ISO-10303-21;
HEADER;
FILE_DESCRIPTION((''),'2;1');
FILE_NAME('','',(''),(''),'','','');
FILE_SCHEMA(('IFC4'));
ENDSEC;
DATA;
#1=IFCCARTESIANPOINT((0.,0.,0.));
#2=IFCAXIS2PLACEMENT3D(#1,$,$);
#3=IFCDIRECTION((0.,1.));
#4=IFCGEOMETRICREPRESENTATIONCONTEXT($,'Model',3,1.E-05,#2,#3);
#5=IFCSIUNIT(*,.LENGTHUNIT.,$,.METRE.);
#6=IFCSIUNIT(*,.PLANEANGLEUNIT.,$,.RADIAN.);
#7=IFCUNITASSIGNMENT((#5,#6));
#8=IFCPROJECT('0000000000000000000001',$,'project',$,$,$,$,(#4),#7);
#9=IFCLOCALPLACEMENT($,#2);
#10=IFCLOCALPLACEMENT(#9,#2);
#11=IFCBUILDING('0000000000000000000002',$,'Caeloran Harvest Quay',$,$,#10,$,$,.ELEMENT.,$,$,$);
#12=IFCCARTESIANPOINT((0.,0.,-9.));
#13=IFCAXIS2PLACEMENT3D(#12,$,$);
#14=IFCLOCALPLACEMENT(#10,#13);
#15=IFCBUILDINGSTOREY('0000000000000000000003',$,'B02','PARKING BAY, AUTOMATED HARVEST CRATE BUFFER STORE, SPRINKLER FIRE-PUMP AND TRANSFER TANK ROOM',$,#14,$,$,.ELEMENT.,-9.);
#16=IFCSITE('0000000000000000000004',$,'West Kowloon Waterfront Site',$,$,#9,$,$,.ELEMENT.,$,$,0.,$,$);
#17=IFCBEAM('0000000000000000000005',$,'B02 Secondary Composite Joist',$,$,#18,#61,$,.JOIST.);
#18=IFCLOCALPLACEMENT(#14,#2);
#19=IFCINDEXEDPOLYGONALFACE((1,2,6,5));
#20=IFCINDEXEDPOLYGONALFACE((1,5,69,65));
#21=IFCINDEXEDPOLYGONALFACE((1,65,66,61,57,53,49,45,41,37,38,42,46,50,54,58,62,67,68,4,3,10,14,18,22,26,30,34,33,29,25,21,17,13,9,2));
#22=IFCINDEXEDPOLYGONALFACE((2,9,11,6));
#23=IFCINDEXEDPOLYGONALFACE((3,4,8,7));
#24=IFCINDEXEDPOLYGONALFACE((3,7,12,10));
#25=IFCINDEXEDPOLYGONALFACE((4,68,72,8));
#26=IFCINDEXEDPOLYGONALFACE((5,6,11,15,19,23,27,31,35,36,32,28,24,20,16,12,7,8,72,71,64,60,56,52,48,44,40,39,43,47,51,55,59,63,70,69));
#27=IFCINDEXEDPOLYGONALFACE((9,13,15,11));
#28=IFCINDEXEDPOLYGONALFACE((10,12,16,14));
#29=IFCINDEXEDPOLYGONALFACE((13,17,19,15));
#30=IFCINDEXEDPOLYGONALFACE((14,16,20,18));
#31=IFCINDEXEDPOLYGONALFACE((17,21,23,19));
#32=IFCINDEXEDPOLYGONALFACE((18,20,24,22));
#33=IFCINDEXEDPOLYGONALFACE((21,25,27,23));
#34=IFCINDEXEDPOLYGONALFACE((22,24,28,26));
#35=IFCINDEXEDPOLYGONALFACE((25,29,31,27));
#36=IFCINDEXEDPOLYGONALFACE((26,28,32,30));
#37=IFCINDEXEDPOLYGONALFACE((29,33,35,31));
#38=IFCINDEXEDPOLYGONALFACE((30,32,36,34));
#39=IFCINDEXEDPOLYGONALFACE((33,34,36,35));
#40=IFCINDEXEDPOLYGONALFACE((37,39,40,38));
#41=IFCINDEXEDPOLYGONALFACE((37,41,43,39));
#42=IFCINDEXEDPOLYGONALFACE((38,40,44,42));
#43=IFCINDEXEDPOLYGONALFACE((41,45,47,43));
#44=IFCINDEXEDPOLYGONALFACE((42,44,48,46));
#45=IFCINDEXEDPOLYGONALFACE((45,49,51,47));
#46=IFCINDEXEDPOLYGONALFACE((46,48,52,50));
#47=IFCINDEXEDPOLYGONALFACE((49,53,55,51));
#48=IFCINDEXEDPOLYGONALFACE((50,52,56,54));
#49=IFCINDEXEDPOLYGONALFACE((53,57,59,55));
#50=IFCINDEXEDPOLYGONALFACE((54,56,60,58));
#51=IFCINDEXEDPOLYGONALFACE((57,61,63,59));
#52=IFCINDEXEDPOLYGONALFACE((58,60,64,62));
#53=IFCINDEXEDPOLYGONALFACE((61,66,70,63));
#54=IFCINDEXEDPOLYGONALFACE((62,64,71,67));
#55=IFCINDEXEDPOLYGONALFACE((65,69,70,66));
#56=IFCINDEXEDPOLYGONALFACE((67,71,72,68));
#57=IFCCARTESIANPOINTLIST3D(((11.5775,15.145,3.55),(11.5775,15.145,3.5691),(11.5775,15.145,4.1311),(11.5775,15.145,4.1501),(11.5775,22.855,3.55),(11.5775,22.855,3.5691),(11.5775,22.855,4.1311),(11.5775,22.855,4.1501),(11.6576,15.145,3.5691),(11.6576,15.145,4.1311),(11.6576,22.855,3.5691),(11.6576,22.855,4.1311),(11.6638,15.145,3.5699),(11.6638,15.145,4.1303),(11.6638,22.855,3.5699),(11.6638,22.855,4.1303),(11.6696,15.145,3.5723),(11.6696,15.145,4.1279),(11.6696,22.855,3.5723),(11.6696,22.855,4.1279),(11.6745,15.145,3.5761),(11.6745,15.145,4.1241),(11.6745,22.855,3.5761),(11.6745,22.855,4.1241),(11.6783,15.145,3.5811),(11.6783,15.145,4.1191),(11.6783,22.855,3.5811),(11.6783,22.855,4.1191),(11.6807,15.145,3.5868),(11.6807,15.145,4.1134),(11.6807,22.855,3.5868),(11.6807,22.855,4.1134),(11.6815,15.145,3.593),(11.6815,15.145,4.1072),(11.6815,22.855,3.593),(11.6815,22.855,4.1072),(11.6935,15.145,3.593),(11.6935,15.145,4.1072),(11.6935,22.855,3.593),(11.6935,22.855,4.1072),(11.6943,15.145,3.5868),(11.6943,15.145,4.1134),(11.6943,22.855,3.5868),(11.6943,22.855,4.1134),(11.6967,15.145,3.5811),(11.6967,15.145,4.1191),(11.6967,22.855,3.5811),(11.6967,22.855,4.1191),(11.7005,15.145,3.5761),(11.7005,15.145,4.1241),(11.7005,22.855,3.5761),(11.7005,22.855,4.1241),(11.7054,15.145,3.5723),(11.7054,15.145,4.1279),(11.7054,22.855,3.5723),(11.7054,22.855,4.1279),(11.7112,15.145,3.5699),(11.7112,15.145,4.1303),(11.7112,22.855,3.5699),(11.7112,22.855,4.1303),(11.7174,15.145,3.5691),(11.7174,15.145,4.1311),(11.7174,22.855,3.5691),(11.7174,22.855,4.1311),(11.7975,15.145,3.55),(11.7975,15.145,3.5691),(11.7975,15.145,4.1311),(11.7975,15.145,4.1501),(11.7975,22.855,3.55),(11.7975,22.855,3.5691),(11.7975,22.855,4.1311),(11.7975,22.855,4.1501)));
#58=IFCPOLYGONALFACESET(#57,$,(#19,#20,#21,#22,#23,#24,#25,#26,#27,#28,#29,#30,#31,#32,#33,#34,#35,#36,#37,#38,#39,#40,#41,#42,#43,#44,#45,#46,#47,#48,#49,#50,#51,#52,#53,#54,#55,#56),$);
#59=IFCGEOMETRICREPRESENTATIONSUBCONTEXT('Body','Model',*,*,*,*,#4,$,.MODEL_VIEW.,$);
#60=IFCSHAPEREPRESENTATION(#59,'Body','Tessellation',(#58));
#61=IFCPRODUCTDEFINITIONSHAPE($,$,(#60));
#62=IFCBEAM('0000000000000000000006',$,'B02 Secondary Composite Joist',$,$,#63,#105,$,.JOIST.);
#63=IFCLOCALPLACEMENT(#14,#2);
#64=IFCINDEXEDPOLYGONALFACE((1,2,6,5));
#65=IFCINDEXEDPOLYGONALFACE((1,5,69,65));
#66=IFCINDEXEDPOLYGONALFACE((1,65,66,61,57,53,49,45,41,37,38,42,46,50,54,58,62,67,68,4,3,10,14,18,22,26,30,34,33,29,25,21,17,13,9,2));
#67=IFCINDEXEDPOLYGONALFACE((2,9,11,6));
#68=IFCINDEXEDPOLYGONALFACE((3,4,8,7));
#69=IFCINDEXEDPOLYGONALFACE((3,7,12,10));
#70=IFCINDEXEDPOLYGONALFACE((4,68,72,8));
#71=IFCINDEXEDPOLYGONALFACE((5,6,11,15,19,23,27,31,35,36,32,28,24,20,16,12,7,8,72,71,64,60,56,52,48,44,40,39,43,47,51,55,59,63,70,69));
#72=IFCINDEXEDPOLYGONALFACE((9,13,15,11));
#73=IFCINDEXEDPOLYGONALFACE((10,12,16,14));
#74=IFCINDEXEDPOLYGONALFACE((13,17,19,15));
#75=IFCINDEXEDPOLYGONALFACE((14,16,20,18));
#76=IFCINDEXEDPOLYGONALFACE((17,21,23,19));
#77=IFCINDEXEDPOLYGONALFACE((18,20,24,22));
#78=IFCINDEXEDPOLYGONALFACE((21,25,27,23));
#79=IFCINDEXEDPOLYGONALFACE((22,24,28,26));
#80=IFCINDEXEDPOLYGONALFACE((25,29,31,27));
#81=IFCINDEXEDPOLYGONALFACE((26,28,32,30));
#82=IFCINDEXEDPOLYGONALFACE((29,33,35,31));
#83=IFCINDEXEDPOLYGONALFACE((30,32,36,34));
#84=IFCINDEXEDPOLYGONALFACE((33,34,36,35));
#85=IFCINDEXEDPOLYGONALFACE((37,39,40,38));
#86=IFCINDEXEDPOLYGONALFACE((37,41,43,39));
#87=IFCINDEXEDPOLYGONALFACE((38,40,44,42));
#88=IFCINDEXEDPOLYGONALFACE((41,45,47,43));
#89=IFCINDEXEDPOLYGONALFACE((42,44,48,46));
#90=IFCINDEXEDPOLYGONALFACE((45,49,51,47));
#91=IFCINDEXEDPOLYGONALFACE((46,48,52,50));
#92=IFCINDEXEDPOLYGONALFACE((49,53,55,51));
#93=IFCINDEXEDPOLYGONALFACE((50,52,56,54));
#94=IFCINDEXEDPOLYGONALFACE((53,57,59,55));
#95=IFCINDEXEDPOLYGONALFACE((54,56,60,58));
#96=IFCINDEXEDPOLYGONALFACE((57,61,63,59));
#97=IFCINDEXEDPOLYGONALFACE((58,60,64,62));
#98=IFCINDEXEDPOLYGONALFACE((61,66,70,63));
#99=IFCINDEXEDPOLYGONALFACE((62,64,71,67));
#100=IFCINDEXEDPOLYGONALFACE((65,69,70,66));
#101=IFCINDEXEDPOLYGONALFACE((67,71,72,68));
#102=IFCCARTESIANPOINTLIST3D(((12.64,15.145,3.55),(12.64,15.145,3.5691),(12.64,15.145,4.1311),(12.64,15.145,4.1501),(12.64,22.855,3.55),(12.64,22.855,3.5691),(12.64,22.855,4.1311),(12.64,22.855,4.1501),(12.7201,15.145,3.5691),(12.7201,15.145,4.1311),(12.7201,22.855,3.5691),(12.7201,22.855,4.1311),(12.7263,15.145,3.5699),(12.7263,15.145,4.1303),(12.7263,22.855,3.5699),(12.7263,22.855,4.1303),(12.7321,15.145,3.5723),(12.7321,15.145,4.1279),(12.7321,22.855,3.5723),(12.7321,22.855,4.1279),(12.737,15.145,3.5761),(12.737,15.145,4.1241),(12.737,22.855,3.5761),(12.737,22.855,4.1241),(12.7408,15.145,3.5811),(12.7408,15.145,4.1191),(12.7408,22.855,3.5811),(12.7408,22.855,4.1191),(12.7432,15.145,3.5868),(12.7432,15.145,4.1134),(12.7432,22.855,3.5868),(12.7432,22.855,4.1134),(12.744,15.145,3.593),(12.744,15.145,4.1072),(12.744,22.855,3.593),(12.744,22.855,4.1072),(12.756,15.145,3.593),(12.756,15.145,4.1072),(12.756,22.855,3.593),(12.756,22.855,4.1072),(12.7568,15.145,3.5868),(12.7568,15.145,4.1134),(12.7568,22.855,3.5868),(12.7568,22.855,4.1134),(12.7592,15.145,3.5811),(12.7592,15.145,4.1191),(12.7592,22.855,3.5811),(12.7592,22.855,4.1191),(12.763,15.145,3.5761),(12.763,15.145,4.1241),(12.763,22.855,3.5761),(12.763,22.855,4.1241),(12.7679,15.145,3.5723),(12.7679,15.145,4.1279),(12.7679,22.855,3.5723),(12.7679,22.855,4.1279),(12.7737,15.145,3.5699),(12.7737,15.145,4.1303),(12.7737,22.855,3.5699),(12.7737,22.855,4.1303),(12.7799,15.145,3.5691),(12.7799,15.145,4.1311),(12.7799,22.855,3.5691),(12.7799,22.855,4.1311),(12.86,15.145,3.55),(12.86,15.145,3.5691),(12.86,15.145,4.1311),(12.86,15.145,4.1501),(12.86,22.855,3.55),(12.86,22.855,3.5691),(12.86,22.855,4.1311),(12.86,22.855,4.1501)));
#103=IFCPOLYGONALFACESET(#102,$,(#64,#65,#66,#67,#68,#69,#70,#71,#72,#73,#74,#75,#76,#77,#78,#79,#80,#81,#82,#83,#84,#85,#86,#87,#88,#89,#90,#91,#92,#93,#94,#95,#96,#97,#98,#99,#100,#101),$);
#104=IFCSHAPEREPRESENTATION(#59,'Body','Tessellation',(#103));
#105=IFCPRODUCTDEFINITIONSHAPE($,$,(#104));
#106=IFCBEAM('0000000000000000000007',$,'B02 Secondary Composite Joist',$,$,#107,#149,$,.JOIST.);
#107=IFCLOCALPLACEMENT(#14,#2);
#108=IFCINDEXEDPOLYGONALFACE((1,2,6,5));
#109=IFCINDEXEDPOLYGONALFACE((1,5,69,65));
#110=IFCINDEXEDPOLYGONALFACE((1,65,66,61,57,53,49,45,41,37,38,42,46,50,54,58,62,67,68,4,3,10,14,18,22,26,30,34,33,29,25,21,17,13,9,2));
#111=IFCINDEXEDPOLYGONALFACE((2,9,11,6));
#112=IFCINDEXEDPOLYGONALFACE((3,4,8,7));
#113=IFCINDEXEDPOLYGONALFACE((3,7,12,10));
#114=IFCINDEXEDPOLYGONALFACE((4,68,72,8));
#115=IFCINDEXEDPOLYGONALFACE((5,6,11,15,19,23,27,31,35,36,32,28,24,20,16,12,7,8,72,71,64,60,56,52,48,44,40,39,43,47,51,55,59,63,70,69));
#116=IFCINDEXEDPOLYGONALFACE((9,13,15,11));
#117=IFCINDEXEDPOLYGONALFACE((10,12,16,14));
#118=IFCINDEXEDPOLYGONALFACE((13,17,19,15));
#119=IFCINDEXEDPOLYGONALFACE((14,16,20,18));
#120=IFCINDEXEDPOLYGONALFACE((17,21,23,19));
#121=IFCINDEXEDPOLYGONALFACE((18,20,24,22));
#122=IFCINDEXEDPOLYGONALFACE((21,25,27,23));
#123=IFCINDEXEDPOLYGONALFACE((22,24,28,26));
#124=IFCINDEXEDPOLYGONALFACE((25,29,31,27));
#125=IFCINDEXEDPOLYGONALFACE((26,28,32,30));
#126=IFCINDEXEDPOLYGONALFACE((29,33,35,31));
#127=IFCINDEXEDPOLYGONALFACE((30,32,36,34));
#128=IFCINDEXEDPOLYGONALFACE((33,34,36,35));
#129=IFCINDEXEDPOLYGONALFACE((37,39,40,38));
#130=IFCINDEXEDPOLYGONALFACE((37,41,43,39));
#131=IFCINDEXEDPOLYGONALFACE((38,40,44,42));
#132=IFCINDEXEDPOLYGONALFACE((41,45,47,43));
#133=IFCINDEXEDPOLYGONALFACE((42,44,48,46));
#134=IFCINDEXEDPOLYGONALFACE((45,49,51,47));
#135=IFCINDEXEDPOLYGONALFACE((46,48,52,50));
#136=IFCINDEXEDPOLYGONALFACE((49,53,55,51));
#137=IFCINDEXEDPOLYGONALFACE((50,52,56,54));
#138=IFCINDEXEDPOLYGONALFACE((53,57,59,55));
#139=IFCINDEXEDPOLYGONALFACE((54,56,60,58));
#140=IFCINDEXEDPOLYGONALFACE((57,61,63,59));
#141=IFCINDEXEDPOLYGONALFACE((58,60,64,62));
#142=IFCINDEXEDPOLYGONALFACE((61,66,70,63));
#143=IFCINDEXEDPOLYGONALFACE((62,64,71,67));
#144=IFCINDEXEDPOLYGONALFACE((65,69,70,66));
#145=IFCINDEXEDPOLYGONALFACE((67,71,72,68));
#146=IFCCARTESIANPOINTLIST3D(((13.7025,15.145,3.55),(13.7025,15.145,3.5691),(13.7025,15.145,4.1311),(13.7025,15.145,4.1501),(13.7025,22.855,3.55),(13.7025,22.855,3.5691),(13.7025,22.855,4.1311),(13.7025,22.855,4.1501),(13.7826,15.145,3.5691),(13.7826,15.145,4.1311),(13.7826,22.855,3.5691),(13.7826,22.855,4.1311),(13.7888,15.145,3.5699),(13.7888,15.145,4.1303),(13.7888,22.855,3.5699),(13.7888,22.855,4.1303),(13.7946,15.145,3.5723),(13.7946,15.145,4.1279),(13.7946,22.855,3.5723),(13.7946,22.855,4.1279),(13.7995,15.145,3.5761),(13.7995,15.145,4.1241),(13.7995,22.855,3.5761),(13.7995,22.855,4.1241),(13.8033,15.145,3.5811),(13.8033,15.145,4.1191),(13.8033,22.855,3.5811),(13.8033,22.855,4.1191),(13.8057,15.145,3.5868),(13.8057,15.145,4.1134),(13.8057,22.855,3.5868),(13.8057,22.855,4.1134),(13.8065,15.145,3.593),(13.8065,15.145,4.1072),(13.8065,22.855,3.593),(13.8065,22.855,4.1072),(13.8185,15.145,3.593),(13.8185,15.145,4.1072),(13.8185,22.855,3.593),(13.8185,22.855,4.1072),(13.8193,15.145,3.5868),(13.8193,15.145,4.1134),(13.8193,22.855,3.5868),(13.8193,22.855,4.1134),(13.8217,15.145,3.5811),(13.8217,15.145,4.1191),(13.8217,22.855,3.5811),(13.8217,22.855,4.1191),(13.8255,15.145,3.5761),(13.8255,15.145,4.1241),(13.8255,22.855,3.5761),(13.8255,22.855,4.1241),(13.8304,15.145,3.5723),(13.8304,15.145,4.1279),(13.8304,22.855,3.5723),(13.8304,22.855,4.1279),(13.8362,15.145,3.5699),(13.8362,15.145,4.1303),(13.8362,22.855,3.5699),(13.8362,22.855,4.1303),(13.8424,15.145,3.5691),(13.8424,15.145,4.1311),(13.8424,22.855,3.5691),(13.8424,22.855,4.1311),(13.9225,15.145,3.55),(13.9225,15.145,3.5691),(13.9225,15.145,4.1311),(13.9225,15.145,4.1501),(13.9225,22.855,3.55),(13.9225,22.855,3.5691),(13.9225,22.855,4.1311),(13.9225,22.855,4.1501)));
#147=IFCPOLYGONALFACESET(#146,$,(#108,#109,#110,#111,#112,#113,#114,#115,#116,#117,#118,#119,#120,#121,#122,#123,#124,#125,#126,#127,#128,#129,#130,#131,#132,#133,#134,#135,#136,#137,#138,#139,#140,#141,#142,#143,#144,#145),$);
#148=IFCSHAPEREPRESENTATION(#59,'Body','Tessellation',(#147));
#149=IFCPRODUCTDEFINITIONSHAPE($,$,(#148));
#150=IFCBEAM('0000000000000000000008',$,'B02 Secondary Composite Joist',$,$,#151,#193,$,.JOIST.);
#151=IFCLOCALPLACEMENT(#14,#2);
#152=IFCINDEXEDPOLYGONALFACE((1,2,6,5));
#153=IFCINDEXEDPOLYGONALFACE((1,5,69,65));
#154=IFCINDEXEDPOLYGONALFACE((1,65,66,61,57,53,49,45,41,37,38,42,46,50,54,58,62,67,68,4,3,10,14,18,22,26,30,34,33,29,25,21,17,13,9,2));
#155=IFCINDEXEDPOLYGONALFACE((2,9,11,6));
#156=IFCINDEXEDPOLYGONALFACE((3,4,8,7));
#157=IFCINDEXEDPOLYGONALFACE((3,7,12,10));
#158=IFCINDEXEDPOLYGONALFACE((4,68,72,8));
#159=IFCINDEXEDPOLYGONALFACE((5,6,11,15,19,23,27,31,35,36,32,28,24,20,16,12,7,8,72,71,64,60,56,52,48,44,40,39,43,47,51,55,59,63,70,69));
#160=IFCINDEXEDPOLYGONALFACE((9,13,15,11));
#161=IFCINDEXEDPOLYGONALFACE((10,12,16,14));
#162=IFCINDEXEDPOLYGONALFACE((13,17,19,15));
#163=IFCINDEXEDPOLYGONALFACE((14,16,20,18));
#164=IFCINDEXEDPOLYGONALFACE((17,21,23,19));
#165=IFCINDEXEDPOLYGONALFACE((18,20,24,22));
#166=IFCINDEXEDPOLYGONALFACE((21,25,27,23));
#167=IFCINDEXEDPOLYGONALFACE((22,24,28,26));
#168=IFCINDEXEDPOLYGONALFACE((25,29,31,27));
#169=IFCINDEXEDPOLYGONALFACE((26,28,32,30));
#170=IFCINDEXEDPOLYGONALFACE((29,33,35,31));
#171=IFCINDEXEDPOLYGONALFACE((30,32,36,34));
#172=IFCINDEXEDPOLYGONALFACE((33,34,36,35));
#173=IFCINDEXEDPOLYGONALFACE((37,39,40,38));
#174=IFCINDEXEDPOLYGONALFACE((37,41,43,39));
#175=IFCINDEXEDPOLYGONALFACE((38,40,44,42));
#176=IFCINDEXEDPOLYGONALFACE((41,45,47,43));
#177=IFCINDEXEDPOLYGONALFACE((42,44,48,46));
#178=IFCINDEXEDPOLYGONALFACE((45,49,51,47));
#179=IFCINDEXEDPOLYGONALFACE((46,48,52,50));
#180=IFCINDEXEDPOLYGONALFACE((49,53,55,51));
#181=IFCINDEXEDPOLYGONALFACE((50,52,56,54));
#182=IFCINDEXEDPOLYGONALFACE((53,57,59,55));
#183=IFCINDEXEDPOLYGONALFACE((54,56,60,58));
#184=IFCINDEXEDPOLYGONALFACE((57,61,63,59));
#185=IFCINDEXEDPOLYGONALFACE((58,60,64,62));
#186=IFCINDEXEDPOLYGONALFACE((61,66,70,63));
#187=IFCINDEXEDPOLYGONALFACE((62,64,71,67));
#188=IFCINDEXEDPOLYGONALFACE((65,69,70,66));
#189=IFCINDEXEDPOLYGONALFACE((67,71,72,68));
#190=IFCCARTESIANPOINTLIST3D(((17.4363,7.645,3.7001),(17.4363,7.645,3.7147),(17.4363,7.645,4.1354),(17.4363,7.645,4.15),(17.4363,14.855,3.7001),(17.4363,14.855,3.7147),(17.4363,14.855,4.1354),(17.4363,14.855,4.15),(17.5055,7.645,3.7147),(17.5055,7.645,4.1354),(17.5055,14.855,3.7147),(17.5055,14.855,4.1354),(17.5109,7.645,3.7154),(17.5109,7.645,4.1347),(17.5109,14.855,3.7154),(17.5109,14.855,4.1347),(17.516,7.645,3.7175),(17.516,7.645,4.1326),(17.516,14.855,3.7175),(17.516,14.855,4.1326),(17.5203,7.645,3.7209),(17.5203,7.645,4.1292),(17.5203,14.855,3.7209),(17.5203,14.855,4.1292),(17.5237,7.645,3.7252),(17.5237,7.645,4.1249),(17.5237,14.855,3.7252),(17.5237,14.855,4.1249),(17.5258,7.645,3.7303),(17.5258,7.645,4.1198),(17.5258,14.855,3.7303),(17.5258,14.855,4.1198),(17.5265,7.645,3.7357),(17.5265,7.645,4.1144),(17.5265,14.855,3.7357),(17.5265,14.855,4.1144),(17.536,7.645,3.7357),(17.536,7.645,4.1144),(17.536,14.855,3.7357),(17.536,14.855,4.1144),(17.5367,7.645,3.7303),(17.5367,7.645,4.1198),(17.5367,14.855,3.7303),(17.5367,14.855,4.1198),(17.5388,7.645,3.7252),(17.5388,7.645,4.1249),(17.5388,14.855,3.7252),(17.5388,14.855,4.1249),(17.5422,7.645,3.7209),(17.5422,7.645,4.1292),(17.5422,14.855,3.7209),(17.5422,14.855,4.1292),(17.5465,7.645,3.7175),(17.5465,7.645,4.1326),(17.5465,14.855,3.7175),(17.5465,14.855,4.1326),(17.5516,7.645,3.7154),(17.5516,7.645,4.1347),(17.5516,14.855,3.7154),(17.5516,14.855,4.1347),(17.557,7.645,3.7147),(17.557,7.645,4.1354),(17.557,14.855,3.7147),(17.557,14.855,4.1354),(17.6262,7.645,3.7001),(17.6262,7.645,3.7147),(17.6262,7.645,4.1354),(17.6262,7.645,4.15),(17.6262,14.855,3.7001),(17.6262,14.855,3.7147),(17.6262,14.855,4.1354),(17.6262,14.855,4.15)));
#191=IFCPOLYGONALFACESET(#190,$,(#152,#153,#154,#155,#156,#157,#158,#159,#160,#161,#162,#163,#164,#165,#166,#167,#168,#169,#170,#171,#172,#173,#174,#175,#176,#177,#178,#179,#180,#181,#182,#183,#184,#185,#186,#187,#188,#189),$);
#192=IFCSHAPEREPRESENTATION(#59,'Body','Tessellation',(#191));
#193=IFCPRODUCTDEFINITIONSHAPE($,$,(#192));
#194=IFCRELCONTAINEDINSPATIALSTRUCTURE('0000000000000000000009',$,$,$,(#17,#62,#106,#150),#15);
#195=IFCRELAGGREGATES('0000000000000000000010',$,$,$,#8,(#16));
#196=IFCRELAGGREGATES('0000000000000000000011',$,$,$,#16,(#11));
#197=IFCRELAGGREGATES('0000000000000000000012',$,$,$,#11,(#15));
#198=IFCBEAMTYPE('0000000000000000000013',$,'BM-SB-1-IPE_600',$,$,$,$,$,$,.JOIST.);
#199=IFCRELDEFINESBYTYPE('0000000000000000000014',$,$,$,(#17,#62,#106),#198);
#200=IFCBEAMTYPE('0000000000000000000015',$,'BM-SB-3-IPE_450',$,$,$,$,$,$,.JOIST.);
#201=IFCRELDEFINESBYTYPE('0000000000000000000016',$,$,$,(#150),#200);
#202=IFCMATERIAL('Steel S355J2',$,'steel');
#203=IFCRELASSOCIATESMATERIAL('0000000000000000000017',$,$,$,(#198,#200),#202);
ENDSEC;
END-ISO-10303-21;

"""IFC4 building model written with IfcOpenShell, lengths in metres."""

from ifc_helpers import new_model, si_unit, direction, frame, origin, origin_2d, place, context, subcontext, project, spatial, i_section, extrude, material, material_profile, profile_set, type_object, element, save


model = new_model("IFC4")

# Units and contexts
model_context = context("Model", 3, precision=1e-05, world=origin(), true_north=direction((0.0, 1.0)))
body_context = subcontext(model_context, "Body", "Model", "MODEL_VIEW")
ifc_project = project(units=[si_unit("LENGTHUNIT", "METRE"), si_unit("PLANEANGLEUNIT", "RADIAN")], contexts=[model_context])

# Site, building, storey
site_placement = place(None, origin())
site = spatial("IfcSite", under=ifc_project, at=site_placement, Name="West Kowloon Waterfront Site", CompositionType="ELEMENT", RefElevation=0.0)
building_placement = place(site_placement, origin())
building = spatial("IfcBuilding", under=site, at=building_placement, Name="Caeloran Harvest Quay", CompositionType="ELEMENT")
storey_placement = place(building_placement, frame((0.0, 0.0, -9.0)))
storey = spatial("IfcBuildingStorey", under=building, at=storey_placement, Name="B02", Description="PARKING BAY, AUTOMATED HARVEST CRATE BUFFER STORE, SPRINKLER FIRE-PUMP AND TRANSFER TANK ROOM", CompositionType="ELEMENT", Elevation=-9.0)

# Beams
ifc_material_1 = material(Name="Steel S355J2", Category="steel")
ifc_material_profile_1 = material_profile(ifc_material_1, i_section(OverallWidth=0.22, OverallDepth=0.6001, WebThickness=0.012, FlangeThickness=0.019, FilletRadius=0.0239, at=origin_2d()), Name="IPE 600")
ifc_profile_set_1 = profile_set([ifc_material_profile_1], Name="Steel S355J2")
beam_type_1 = type_object("IfcBeamType", Name="BM-SB-1-IPE_600", PredefinedType="JOIST", material=ifc_profile_set_1)
for number, where, z_axis, x_axis, name in (
    (1, (11.6875, 15.145, 3.8501), (0.0, 1.0, 0.0), (-1.0, 0.0, 0.0), "B02 Secondary Composite Joist"),
    (2, (12.75, 15.145, 3.8501), (0.0, 1.0, 0.0), (-1.0, 0.0, 0.0), "B02 Secondary Composite Joist"),
    (3, (13.8125, 15.145, 3.8501), (0.0, 1.0, 0.0), (-1.0, 0.0, 0.0), "B02 Secondary Composite Joist"),
):
    element("IfcBeam", number, at=place(storey_placement, frame(where, z_axis=z_axis, x_axis=x_axis)), inside=storey, type_object=beam_type_1, Name=name, PredefinedType="JOIST", context=body_context, shape_type="SweptSolid", body=[
        extrude(i_section(OverallWidth=0.22, OverallDepth=0.6001, WebThickness=0.012, FlangeThickness=0.019, FilletRadius=0.0239, at=origin_2d()), origin(), (0.0, 0.0, 1.0), 7.71),
    ])
ifc_material_profile_2 = material_profile(ifc_material_1, i_section(OverallWidth=0.1899, OverallDepth=0.45, WebThickness=0.0095, FlangeThickness=0.0146, FilletRadius=0.021, at=origin_2d()), Name="IPE 450")
ifc_profile_set_2 = profile_set([ifc_material_profile_2], Name="Steel S355J2")
beam_type_2 = type_object("IfcBeamType", Name="BM-SB-3-IPE_450", PredefinedType="JOIST", material=ifc_profile_set_2)
for number, where, z_axis, x_axis, name in (
    (4, (17.5312, 7.645, 3.925), (0.0, 1.0, 0.0), (-1.0, 0.0, 0.0), "B02 Secondary Composite Joist"),
):
    element("IfcBeam", number, at=place(storey_placement, frame(where, z_axis=z_axis, x_axis=x_axis)), inside=storey, type_object=beam_type_2, Name=name, PredefinedType="JOIST", context=body_context, shape_type="SweptSolid", body=[
        extrude(i_section(OverallWidth=0.1899, OverallDepth=0.45, WebThickness=0.0095, FlangeThickness=0.0146, FilletRadius=0.021, at=origin_2d()), origin(), (0.0, 0.0, 1.0), 7.21),
    ])

save(model, "model.ifc")
